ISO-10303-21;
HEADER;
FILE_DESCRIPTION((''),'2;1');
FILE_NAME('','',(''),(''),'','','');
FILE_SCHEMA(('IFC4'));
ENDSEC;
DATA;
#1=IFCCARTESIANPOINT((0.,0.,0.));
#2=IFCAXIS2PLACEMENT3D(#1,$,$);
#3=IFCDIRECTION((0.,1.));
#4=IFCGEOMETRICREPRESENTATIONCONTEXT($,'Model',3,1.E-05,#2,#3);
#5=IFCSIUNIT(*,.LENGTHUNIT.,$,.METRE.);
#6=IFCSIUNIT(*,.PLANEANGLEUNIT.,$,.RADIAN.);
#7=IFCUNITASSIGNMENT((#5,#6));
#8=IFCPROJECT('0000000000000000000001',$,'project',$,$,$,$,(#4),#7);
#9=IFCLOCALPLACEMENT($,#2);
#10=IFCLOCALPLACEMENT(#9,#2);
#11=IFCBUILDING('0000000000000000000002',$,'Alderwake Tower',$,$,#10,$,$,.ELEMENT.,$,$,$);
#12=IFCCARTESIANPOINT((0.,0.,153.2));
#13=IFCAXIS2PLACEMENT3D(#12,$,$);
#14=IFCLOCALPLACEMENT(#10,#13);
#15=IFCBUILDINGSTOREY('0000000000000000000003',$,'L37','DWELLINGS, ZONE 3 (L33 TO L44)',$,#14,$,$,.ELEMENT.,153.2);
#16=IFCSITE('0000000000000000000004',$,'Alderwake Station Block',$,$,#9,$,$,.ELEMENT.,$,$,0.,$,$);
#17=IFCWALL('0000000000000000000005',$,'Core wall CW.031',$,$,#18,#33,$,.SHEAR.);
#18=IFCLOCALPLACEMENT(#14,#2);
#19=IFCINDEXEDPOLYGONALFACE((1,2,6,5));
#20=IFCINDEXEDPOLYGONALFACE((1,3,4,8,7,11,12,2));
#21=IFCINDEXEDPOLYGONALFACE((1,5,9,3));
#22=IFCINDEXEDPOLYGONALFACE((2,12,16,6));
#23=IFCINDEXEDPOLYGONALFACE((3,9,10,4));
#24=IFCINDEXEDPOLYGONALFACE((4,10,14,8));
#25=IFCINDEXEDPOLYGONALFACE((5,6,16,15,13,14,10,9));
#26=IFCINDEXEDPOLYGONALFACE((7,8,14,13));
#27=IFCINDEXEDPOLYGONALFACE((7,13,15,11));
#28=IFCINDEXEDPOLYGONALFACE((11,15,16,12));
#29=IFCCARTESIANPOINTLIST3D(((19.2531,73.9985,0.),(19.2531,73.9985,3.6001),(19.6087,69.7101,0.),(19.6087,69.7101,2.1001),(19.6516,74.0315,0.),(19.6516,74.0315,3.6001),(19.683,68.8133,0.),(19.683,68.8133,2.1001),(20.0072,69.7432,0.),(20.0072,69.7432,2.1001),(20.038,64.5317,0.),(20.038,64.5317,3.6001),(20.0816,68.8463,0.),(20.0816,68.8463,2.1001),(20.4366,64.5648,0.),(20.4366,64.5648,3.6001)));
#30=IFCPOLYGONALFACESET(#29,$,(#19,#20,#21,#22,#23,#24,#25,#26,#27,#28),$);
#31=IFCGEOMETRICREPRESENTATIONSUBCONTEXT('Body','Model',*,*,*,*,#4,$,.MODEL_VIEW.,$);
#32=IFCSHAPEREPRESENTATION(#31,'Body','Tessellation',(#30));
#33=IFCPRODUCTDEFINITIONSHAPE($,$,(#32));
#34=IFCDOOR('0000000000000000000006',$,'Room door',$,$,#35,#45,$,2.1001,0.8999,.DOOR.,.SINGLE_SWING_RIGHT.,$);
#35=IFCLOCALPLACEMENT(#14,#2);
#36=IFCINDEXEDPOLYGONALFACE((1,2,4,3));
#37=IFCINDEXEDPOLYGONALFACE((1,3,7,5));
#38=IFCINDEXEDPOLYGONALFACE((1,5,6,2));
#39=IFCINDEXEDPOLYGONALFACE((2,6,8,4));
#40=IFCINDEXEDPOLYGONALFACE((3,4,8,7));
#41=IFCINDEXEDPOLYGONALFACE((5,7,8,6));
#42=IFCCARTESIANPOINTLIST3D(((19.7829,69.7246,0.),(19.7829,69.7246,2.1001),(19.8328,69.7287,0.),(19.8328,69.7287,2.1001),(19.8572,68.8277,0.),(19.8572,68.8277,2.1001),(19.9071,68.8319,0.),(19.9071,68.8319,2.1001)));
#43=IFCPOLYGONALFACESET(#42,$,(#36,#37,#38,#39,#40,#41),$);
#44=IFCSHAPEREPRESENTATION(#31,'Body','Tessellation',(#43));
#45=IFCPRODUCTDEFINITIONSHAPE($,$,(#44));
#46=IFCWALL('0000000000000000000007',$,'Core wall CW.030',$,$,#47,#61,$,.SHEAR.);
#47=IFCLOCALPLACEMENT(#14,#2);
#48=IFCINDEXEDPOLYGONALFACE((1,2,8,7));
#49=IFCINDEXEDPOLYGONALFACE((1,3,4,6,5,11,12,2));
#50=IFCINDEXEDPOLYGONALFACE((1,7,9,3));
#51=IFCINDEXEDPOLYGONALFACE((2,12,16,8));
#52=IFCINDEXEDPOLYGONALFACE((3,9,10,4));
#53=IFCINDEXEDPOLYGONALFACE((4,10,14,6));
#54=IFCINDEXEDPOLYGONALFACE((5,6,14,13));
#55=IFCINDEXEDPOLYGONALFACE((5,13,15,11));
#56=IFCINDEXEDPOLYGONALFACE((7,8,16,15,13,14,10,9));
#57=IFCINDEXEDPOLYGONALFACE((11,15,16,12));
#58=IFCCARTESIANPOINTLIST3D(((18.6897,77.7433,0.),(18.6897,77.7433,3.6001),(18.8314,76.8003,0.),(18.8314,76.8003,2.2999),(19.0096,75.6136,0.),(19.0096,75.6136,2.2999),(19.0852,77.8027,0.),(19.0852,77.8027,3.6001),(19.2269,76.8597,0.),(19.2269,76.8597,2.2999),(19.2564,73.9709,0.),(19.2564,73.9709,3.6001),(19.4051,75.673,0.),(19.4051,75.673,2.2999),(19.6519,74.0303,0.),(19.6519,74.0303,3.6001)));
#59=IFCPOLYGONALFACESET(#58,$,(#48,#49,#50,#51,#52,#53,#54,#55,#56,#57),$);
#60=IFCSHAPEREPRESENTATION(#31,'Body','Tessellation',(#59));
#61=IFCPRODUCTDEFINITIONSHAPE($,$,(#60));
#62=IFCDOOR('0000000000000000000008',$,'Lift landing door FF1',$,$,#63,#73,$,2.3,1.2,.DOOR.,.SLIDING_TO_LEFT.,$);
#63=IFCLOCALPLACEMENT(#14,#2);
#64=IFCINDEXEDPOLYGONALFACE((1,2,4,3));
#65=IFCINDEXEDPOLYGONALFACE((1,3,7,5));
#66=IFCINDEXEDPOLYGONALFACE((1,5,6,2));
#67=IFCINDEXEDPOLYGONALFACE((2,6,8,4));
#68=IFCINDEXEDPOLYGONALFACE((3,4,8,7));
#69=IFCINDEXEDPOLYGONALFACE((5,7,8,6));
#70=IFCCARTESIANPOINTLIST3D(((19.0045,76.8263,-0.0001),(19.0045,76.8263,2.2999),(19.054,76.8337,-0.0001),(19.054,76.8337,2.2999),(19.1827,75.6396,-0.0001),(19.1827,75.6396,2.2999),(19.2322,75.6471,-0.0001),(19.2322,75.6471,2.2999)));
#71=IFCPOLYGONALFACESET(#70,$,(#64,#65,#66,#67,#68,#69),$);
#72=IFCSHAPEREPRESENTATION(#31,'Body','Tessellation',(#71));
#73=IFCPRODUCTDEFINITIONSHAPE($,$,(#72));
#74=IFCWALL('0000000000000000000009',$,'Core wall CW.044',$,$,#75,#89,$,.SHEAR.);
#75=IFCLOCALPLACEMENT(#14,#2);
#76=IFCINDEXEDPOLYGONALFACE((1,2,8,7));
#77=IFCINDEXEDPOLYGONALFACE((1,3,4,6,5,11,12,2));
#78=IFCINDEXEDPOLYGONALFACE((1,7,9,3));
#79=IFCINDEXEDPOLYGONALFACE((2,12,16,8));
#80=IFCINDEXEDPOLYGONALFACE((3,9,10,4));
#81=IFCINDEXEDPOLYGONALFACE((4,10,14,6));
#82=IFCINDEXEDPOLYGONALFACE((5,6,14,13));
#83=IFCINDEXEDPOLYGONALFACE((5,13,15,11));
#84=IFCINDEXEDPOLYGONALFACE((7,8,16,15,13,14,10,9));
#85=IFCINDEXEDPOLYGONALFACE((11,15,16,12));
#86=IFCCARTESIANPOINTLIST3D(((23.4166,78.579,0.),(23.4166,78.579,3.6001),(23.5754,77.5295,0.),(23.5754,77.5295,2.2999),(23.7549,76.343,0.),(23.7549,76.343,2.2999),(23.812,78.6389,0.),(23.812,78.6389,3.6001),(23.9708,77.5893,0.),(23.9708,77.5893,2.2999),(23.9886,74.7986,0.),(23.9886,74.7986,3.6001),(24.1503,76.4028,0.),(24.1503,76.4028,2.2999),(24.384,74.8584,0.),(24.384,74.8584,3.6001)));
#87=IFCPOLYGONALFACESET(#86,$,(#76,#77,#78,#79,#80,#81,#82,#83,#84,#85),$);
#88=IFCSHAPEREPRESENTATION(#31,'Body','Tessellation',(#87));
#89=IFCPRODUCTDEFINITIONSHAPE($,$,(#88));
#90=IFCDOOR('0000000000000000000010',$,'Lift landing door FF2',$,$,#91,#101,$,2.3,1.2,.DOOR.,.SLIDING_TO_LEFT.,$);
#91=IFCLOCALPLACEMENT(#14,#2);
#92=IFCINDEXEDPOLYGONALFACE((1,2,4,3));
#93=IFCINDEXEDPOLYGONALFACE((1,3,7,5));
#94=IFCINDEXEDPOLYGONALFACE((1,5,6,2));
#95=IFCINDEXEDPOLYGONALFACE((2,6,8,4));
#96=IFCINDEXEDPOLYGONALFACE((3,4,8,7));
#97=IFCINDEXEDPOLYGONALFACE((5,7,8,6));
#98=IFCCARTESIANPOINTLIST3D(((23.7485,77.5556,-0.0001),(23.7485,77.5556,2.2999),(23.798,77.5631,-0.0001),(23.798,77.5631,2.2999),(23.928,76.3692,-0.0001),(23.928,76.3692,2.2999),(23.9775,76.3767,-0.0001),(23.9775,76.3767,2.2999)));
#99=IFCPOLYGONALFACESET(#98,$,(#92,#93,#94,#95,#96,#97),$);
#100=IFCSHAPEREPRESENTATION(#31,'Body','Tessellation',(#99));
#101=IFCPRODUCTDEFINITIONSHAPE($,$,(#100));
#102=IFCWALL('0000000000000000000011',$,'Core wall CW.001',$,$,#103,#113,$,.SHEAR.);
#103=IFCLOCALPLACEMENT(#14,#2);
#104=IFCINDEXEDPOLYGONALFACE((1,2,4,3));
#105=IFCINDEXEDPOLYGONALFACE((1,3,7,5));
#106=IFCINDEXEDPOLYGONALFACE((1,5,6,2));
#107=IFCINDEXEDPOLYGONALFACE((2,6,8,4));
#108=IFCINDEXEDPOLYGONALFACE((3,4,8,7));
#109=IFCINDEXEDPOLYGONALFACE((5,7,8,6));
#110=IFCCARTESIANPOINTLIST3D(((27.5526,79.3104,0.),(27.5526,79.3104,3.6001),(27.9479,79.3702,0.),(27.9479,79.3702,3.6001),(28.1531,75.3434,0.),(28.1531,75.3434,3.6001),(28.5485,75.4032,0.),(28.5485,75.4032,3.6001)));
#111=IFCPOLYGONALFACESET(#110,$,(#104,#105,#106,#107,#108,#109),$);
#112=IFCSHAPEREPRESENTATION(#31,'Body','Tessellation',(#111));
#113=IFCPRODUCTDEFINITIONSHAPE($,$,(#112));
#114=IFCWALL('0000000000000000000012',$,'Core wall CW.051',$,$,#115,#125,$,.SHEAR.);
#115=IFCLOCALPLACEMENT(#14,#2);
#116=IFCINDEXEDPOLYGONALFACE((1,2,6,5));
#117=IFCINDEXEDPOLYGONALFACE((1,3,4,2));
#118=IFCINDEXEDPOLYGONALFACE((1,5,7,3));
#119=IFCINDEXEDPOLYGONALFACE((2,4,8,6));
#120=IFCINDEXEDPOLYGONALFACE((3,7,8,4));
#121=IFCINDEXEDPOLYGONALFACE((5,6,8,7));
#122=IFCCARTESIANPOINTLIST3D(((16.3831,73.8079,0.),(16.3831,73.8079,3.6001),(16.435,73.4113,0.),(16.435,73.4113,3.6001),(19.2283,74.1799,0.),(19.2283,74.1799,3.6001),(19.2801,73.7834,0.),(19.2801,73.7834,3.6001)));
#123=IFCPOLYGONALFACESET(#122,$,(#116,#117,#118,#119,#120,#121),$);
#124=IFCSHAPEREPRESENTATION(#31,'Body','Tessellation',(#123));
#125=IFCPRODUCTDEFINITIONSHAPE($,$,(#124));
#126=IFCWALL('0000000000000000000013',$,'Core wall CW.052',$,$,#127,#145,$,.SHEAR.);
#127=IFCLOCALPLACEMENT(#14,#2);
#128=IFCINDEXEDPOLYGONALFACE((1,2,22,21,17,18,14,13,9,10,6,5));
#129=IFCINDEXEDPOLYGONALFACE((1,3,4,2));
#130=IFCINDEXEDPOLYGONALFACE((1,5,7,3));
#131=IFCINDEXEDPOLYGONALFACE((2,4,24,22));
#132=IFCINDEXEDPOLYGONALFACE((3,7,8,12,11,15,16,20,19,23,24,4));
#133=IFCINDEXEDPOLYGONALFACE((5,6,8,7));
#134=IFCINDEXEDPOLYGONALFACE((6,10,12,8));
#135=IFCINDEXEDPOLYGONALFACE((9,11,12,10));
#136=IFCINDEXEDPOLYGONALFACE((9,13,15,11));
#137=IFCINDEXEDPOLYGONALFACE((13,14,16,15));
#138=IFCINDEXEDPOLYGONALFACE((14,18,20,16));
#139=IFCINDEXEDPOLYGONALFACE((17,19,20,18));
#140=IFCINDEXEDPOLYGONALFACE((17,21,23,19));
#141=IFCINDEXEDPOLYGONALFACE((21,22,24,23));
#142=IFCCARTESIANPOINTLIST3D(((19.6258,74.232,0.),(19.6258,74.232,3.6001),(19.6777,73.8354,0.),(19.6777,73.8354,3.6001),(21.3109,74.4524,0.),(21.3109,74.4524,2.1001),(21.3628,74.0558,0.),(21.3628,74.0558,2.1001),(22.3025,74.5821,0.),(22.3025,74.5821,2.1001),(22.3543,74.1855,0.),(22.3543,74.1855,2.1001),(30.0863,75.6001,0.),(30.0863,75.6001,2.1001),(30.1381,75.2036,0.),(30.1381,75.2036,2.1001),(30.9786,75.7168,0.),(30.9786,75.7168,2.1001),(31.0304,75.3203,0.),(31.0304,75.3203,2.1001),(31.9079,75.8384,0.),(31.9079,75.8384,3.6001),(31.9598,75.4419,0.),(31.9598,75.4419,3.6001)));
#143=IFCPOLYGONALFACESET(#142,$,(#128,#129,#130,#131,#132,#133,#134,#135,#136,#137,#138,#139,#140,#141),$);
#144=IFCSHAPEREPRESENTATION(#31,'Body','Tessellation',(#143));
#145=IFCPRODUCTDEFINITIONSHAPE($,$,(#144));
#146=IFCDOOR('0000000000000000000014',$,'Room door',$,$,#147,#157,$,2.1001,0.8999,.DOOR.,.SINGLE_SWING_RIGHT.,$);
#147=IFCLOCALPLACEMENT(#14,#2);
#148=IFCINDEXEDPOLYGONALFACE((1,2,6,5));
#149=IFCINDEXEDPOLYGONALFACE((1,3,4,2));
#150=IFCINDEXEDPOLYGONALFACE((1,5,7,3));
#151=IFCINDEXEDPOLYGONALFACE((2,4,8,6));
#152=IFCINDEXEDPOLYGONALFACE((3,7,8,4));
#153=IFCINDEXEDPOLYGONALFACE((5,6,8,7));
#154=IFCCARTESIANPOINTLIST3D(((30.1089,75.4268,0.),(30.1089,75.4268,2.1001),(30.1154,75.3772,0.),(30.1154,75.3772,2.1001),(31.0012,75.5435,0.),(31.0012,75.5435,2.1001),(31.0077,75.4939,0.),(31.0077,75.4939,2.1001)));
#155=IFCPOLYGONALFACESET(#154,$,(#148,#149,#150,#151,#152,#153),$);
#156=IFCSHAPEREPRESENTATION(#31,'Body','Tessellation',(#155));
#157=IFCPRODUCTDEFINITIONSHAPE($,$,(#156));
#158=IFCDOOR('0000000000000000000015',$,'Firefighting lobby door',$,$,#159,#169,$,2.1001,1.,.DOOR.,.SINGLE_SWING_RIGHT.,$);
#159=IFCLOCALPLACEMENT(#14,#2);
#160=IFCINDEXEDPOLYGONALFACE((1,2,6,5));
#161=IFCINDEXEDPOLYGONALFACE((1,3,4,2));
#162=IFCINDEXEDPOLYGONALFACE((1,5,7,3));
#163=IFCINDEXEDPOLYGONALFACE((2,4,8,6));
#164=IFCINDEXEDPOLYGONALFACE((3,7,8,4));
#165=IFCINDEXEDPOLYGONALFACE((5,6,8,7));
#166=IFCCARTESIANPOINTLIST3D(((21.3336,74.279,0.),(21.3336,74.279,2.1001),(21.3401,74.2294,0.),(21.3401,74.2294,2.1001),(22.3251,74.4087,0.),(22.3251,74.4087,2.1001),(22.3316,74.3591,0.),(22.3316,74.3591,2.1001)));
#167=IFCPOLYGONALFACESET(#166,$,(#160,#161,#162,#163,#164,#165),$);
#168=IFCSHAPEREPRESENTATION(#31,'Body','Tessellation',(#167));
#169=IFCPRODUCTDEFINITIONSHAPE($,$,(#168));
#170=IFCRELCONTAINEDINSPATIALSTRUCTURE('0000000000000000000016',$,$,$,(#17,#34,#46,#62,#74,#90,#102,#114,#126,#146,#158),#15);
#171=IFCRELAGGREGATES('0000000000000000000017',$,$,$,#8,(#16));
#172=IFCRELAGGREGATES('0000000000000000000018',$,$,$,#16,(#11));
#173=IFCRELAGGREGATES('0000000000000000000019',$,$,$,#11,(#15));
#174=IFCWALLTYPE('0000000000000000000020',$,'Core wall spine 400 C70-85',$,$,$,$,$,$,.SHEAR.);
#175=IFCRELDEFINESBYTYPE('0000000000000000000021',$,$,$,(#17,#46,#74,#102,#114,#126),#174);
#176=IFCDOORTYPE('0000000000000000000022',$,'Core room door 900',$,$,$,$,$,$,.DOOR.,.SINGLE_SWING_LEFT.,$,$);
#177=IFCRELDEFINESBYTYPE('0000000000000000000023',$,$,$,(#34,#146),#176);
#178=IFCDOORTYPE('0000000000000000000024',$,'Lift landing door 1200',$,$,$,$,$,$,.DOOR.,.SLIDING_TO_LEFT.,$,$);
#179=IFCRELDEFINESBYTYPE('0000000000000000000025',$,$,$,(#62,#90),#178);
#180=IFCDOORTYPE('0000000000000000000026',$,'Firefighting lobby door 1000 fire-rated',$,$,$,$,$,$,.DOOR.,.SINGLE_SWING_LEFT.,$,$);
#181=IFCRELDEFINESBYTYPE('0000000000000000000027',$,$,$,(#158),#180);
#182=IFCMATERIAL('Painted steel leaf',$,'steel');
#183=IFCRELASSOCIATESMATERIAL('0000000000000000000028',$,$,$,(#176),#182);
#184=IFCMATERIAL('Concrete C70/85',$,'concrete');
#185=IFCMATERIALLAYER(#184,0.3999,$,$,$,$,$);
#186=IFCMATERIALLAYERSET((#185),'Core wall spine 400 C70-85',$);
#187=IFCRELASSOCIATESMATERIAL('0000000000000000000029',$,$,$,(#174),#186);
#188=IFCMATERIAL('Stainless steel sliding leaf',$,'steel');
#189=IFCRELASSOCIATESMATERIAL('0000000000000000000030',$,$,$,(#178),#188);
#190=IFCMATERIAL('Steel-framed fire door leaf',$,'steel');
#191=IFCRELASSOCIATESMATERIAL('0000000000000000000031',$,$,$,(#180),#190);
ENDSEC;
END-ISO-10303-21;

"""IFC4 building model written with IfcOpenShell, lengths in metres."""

from ifc_helpers import new_model, si_unit, direction, frame, frame_2d, origin, place, context, subcontext, project, spatial, rectangle, extrude, material, layer, layer_set, type_object, element, fill, save


model = new_model("IFC4")

# Units and contexts
model_context = context("Model", 3, precision=1e-05, world=origin(), true_north=direction((0.0, 1.0)))
body_context = subcontext(model_context, "Body", "Model", "MODEL_VIEW")
ifc_project = project(units=[si_unit("LENGTHUNIT", "METRE"), si_unit("PLANEANGLEUNIT", "RADIAN")], contexts=[model_context])

# Site, building, storey
site_placement = place(None, origin())
site = spatial("IfcSite", under=ifc_project, at=site_placement, Name="Alderwake Station Block", CompositionType="ELEMENT", RefElevation=0.0)
building_placement = place(site_placement, origin())
building = spatial("IfcBuilding", under=site, at=building_placement, Name="Alderwake Tower", CompositionType="ELEMENT")
storey_placement = place(building_placement, frame((0.0, 0.0, 153.2)))
storey = spatial("IfcBuildingStorey", under=building, at=storey_placement, Name="L37", Description="DWELLINGS, ZONE 3 (L33 TO L44)", CompositionType="ELEMENT", Elevation=153.2)

# Shared definitions
ifc_material_1 = material(Name="Painted steel leaf", Category="steel")
door_type_1 = type_object("IfcDoorType", Name="Core room door 900", OperationType="SINGLE_SWING_LEFT", PredefinedType="DOOR", material=ifc_material_1)

# Walls, openings, doors
ifc_material_2 = material(Name="Concrete C70/85", Category="concrete")
ifc_layer_1 = layer(ifc_material_2, 0.3999)
ifc_layer_set_1 = layer_set([ifc_layer_1], Name="Core wall spine 400 C70-85")
wall_type_1 = type_object("IfcWallType", Name="Core wall spine 400 C70-85", PredefinedType="SHEAR", material=ifc_layer_set_1)
wall_1_placement = place(storey_placement, frame((19.4524, 74.0149, 0.0), z_axis=(0.0, 0.0, 1.0), x_axis=(0.082629, -0.99658, 0.0)))
wall_1 = element("IfcWall", 1, at=wall_1_placement, inside=storey, type_object=wall_type_1, Name="Core wall CW.031", PredefinedType="SHEAR", context=body_context, shape_type="SweptSolid", body=[
    extrude(rectangle(XDim=9.4993, YDim=0.3999, at=frame_2d((4.7495, 0.0))), origin(), (0.0, 0.0, 1.0), 3.6001),
])
opening_1_placement = place(wall_1_placement, frame((4.303, 0.0, 0.0)))
opening_1 = element("IfcOpeningElement", 2, at=opening_1_placement, cuts=wall_1, PredefinedType="OPENING", context=body_context, shape_type="SweptSolid", body=[
    extrude(rectangle(XDim=0.8999, YDim=2.1001, at=frame_2d((0.45, 1.05))), frame((0.0, 0.21, 0.0), z_axis=(0.0, -1.0, 0.0), x_axis=(1.0, 0.0, 0.0)), (0.0, 0.0, 1.0), 0.4199),
])
door_1_placement = place(opening_1_placement, origin())
door_1 = element("IfcDoor", 3, at=door_1_placement, inside=storey, type_object=door_type_1, Name="Room door", OperationType="SINGLE_SWING_RIGHT", OverallHeight=2.1001, OverallWidth=0.8999, PredefinedType="DOOR", context=body_context, shape_type="SweptSolid", body=[
    extrude(rectangle(XDim=0.8999, YDim=2.1001, at=frame_2d((0.45, 1.05))), frame((0.0, 0.0249, 0.0), z_axis=(0.0, -1.0, 0.0), x_axis=(1.0, 0.0, 0.0)), (0.0, 0.0, 1.0), 0.05),
])
fill(opening_1, door_1)
wall_2_placement = place(storey_placement, frame((19.4541, 74.0007, 0.0), z_axis=(0.0, 0.0, 1.0), x_axis=(-0.148541, 0.988906, 0.0)))
wall_2 = element("IfcWall", 4, at=wall_2_placement, inside=storey, type_object=wall_type_1, Name="Core wall CW.030", PredefinedType="SHEAR", context=body_context, shape_type="SweptSolid", body=[
    extrude(rectangle(XDim=3.8147, YDim=0.3999, at=frame_2d((1.9072, 0.0))), origin(), (0.0, 0.0, 1.0), 3.6001),
])
opening_2_placement = place(wall_2_placement, frame((1.6609, 0.0, 0.0)))
opening_2 = element("IfcOpeningElement", 5, at=opening_2_placement, cuts=wall_2, PredefinedType="OPENING", context=body_context, shape_type="SweptSolid", body=[
    extrude(rectangle(XDim=1.2, YDim=2.3, at=frame_2d((0.6001, 1.1499))), frame((0.0, 0.21, 0.0), z_axis=(0.0, -1.0, 0.0), x_axis=(1.0, 0.0, 0.0)), (0.0, 0.0, 1.0), 0.4199),
])
ifc_material_3 = material(Name="Stainless steel sliding leaf", Category="steel")
door_type_2 = type_object("IfcDoorType", Name="Lift landing door 1200", OperationType="SLIDING_TO_LEFT", PredefinedType="DOOR", material=ifc_material_3)
door_2_placement = place(opening_2_placement, origin())
door_2 = element("IfcDoor", 6, at=door_2_placement, inside=storey, type_object=door_type_2, Name="Lift landing door FF1", OperationType="SLIDING_TO_LEFT", OverallHeight=2.3, OverallWidth=1.2, PredefinedType="DOOR", context=body_context, shape_type="SweptSolid", body=[
    extrude(rectangle(XDim=1.2, YDim=2.3, at=frame_2d((0.6001, 1.1499))), frame((0.0, 0.0249, 0.0), z_axis=(0.0, -1.0, 0.0), x_axis=(1.0, 0.0, 0.0)), (0.0, 0.0, 1.0), 0.05),
])
fill(opening_2, door_2)
wall_3_placement = place(storey_placement, frame((24.1863, 74.8286, 0.0), z_axis=(0.0, 0.0, 1.0), x_axis=(-0.149605, 0.988746, 0.0)))
wall_3 = element("IfcWall", 7, at=wall_3_placement, inside=storey, type_object=wall_type_1, Name="Core wall CW.044", PredefinedType="SHEAR", context=body_context, shape_type="SweptSolid", body=[
    extrude(rectangle(XDim=3.8235, YDim=0.3999, at=frame_2d((1.9116, 0.0))), origin(), (0.0, 0.0, 1.0), 3.6001),
])
opening_3_placement = place(wall_3_placement, frame((1.5618, 0.0, 0.0)))
opening_3 = element("IfcOpeningElement", 8, at=opening_3_placement, cuts=wall_3, PredefinedType="OPENING", context=body_context, shape_type="SweptSolid", body=[
    extrude(rectangle(XDim=1.2, YDim=2.3, at=frame_2d((0.6001, 1.1499))), frame((0.0, 0.21, 0.0), z_axis=(0.0, -1.0, 0.0), x_axis=(1.0, 0.0, 0.0)), (0.0, 0.0, 1.0), 0.4199),
])
door_3_placement = place(opening_3_placement, origin())
door_3 = element("IfcDoor", 9, at=door_3_placement, inside=storey, type_object=door_type_2, Name="Lift landing door FF2", OperationType="SLIDING_TO_LEFT", OverallHeight=2.3, OverallWidth=1.2, PredefinedType="DOOR", context=body_context, shape_type="SweptSolid", body=[
    extrude(rectangle(XDim=1.2, YDim=2.3, at=frame_2d((0.6001, 1.1499))), frame((0.0, 0.0249, 0.0), z_axis=(0.0, -1.0, 0.0), x_axis=(1.0, 0.0, 0.0)), (0.0, 0.0, 1.0), 0.05),
])
fill(opening_3, door_3)

# Walls
wall_4_placement = place(storey_placement, frame((28.3508, 75.3733, 0.0), z_axis=(0.0, 0.0, 1.0), x_axis=(-0.149688, 0.988733, 0.0)))
element("IfcWall", 10, at=wall_4_placement, inside=storey, type_object=wall_type_1, Name="Core wall CW.001", PredefinedType="SHEAR", context=body_context, shape_type="SweptSolid", body=[
    extrude(rectangle(XDim=4.0122, YDim=0.3999, at=frame_2d((2.0061, 0.0))), origin(), (0.0, 0.0, 1.0), 3.6001),
])
wall_5_placement = place(storey_placement, frame((16.4092, 73.6096, 0.0), z_axis=(0.0, 0.0, 1.0), x_axis=(0.991558, 0.129667, 0.0)))
element("IfcWall", 11, at=wall_5_placement, inside=storey, type_object=wall_type_1, Name="Core wall CW.051", PredefinedType="SHEAR", context=body_context, shape_type="SweptSolid", body=[
    extrude(rectangle(XDim=2.8694, YDim=0.3999, at=frame_2d((1.4346, 0.0))), origin(), (0.0, 0.0, 1.0), 3.6001),
])

# Wall, openings, doors
wall_6_placement = place(storey_placement, frame((31.9338, 75.6401, 0.0), z_axis=(0.0, 0.0, 1.0), x_axis=(-0.991555, -0.12969, 0.0)))
wall_6 = element("IfcWall", 12, at=wall_6_placement, inside=storey, type_object=wall_type_1, Name="Core wall CW.052", PredefinedType="SHEAR", context=body_context, shape_type="SweptSolid", body=[
    extrude(rectangle(XDim=12.3867, YDim=0.3999, at=frame_2d((6.1934, 0.0))), origin(), (0.0, 0.0, 1.0), 3.6001),
])
opening_4_placement = place(wall_6_placement, frame((9.6873, 0.0, 0.0)))
opening_4 = element("IfcOpeningElement", 13, at=opening_4_placement, cuts=wall_6, PredefinedType="OPENING", context=body_context, shape_type="SweptSolid", body=[
    extrude(rectangle(XDim=1.0, YDim=2.1001, at=frame_2d((0.5, 1.05))), frame((0.0, 0.21, 0.0), z_axis=(0.0, -1.0, 0.0), x_axis=(1.0, 0.0, 0.0)), (0.0, 0.0, 1.0), 0.4199),
])
opening_5_placement = place(wall_6_placement, frame((0.9373, 0.0, 0.0)))
opening_5 = element("IfcOpeningElement", 14, at=opening_5_placement, cuts=wall_6, PredefinedType="OPENING", context=body_context, shape_type="SweptSolid", body=[
    extrude(rectangle(XDim=0.8999, YDim=2.1001, at=frame_2d((0.45, 1.05))), frame((0.0, 0.21, 0.0), z_axis=(0.0, -1.0, 0.0), x_axis=(1.0, 0.0, 0.0)), (0.0, 0.0, 1.0), 0.4199),
])
door_4_placement = place(opening_5_placement, origin())
door_4 = element("IfcDoor", 15, at=door_4_placement, inside=storey, type_object=door_type_1, Name="Room door", OperationType="SINGLE_SWING_RIGHT", OverallHeight=2.1001, OverallWidth=0.8999, PredefinedType="DOOR", context=body_context, shape_type="SweptSolid", body=[
    extrude(rectangle(XDim=0.8999, YDim=2.1001, at=frame_2d((0.45, 1.05))), frame((0.0, 0.0249, 0.0), z_axis=(0.0, -1.0, 0.0), x_axis=(1.0, 0.0, 0.0)), (0.0, 0.0, 1.0), 0.05),
])
fill(opening_5, door_4)
ifc_material_4 = material(Name="Steel-framed fire door leaf", Category="steel")
door_type_3 = type_object("IfcDoorType", Name="Firefighting lobby door 1000 fire-rated", OperationType="SINGLE_SWING_LEFT", PredefinedType="DOOR", material=ifc_material_4)
door_5_placement = place(opening_4_placement, origin())
door_5 = element("IfcDoor", 16, at=door_5_placement, inside=storey, type_object=door_type_3, Name="Firefighting lobby door", OperationType="SINGLE_SWING_RIGHT", OverallHeight=2.1001, OverallWidth=1.0, PredefinedType="DOOR", context=body_context, shape_type="SweptSolid", body=[
    extrude(rectangle(XDim=1.0, YDim=2.1001, at=frame_2d((0.5, 1.05))), frame((0.0, 0.0249, 0.0), z_axis=(0.0, -1.0, 0.0), x_axis=(1.0, 0.0, 0.0)), (0.0, 0.0, 1.0), 0.05),
])
fill(opening_4, door_5)

save(model, "model.ifc")
